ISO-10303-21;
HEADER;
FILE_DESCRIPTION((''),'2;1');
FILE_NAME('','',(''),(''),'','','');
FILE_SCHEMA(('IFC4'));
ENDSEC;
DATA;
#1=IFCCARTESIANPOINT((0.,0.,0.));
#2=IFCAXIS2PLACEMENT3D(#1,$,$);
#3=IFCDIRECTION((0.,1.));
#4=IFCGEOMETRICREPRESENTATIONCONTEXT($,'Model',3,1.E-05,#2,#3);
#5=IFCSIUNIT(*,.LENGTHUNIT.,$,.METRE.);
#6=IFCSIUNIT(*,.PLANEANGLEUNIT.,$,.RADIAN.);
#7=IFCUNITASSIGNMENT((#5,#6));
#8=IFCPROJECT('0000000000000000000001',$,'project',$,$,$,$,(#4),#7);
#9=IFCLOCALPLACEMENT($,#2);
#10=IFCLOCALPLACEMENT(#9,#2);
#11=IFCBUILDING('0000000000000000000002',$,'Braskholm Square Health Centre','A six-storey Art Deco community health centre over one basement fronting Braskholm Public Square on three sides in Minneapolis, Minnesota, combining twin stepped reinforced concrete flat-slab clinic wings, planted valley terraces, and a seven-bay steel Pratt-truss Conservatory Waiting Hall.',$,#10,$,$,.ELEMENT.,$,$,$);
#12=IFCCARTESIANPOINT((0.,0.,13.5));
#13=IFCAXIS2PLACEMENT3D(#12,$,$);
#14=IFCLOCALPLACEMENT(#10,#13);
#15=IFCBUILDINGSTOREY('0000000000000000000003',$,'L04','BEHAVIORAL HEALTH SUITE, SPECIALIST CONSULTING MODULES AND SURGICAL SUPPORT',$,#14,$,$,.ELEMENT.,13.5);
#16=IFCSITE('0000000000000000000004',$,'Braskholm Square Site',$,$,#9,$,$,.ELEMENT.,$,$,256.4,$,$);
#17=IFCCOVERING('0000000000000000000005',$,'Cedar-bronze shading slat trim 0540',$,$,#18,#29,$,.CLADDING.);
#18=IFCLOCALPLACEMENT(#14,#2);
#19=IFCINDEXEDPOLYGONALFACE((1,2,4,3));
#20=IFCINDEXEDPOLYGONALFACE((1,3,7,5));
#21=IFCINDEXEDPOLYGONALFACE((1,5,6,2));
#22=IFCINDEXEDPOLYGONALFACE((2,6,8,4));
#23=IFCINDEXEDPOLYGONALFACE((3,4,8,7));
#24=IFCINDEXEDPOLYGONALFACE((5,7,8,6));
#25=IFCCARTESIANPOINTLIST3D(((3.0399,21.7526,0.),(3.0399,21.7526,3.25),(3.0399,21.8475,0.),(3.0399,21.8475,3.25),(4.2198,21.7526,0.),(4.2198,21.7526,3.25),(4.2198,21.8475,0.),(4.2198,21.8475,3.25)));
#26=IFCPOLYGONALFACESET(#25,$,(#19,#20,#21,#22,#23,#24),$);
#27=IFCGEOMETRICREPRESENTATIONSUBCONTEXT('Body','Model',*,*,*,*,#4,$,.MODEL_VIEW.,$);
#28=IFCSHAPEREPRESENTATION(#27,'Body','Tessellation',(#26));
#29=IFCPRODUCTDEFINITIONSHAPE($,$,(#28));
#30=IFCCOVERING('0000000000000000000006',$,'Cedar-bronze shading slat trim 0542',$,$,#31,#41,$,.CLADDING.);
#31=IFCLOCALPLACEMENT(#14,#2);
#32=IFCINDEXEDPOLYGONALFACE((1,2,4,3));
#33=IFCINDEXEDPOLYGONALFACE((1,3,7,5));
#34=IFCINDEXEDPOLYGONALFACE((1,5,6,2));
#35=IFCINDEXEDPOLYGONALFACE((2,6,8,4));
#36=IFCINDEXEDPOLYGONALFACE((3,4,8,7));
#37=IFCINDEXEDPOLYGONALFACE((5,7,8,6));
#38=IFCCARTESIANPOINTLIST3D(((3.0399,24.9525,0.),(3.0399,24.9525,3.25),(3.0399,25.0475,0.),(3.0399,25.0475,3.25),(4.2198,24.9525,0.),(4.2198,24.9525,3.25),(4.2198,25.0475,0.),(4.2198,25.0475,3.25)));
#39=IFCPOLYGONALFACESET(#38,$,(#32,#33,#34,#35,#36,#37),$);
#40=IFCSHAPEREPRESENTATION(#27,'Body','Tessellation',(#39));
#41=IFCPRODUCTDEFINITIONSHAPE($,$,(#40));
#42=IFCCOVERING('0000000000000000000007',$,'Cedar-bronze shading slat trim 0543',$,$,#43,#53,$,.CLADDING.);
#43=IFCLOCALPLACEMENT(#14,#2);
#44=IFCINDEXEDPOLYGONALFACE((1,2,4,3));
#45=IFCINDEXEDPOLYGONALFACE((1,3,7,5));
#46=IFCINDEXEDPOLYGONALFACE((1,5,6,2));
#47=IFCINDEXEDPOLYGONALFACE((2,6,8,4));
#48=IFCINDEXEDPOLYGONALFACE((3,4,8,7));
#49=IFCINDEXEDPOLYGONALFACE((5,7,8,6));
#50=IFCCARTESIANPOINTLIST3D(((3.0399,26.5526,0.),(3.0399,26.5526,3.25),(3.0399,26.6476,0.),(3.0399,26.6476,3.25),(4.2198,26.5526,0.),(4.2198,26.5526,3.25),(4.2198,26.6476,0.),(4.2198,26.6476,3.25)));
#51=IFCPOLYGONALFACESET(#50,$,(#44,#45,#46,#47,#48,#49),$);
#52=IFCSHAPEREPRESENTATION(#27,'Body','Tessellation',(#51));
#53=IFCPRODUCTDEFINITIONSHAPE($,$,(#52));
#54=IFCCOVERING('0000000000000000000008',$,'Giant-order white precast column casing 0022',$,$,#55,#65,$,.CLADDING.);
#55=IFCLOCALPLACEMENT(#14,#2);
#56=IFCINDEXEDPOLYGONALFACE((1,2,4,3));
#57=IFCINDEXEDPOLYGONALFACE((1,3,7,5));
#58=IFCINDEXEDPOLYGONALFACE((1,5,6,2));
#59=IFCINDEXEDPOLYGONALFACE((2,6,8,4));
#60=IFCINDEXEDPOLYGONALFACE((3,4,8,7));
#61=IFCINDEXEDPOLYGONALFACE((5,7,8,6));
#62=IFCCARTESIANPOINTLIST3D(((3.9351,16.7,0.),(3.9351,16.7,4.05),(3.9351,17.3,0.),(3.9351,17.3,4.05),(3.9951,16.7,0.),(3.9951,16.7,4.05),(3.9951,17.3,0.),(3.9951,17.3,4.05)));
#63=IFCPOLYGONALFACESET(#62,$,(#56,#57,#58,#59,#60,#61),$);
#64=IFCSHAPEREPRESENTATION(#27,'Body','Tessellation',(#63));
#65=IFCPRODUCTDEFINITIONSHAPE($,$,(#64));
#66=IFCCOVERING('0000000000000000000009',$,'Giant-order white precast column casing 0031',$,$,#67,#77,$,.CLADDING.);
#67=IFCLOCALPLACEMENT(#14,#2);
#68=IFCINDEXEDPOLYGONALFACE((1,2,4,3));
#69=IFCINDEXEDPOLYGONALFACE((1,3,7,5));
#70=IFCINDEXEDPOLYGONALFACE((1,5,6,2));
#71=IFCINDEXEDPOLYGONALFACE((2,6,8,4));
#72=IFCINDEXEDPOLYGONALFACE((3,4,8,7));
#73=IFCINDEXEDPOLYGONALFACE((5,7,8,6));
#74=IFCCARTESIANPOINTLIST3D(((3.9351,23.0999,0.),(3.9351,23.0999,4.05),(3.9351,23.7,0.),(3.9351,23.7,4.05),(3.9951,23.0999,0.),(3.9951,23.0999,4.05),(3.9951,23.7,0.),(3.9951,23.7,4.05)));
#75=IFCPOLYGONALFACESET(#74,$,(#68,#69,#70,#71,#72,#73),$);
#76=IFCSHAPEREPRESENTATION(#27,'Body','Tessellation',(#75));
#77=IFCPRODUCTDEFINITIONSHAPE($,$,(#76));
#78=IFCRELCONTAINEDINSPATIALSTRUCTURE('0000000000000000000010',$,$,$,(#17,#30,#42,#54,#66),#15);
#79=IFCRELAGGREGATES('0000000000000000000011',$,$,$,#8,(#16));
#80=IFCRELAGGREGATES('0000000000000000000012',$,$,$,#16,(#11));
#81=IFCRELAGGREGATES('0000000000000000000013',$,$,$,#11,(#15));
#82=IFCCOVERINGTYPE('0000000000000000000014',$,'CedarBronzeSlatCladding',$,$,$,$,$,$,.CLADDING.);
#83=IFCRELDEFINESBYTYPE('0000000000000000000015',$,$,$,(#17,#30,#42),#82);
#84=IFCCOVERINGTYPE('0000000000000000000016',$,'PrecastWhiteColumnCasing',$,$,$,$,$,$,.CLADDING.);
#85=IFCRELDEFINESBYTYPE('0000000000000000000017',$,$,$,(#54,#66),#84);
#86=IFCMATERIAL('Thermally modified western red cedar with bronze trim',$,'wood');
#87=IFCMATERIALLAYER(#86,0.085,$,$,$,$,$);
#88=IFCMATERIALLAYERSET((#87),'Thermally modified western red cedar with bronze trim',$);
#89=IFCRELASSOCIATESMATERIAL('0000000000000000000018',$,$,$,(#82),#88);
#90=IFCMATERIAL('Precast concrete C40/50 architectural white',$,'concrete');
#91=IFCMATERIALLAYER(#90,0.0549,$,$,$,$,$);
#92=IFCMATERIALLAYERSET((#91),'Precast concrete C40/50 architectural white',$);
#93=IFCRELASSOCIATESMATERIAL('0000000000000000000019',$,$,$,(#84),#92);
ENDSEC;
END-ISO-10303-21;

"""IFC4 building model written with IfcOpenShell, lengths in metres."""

from ifc_helpers import new_model, si_unit, direction, frame, origin, origin_2d, place, context, subcontext, project, spatial, rectangle, extrude, material, layer, layer_set, type_object, element, save


model = new_model("IFC4")

# Units and contexts
model_context = context("Model", 3, precision=1e-05, world=origin(), true_north=direction((0.0, 1.0)))
body_context = subcontext(model_context, "Body", "Model", "MODEL_VIEW")
ifc_project = project(units=[si_unit("LENGTHUNIT", "METRE"), si_unit("PLANEANGLEUNIT", "RADIAN")], contexts=[model_context])

# Site, building, storey
site_placement = place(None, origin())
site = spatial("IfcSite", under=ifc_project, at=site_placement, Name="Braskholm Square Site", CompositionType="ELEMENT", RefElevation=256.4)
building_placement = place(site_placement, origin())
building = spatial("IfcBuilding", under=site, at=building_placement, Name="Braskholm Square Health Centre", Description="A six-storey Art Deco community health centre over one basement fronting Braskholm Public Square on three sides in Minneapolis, Minnesota, combining twin stepped reinforced concrete flat-slab clinic wings, planted valley terraces, and a seven-bay steel Pratt-truss Conservatory Waiting Hall.", CompositionType="ELEMENT")
storey_placement = place(building_placement, frame((0.0, 0.0, 13.5)))
storey = spatial("IfcBuildingStorey", under=building, at=storey_placement, Name="L04", Description="BEHAVIORAL HEALTH SUITE, SPECIALIST CONSULTING MODULES AND SURGICAL SUPPORT", CompositionType="ELEMENT", Elevation=13.5)

# Shared definitions
ifc_material_1 = material(Name="Precast concrete C40/50 architectural white", Category="concrete")

# Shared definitions
ifc_material_2 = material(Name="Thermally modified western red cedar with bronze trim", Category="wood")

# Coverings
ifc_layer_1 = layer(ifc_material_2, 0.085)
ifc_layer_set_1 = layer_set([ifc_layer_1], Name="Thermally modified western red cedar with bronze trim")
covering_type_1 = type_object("IfcCoveringType", Name="CedarBronzeSlatCladding", PredefinedType="CLADDING", material=ifc_layer_set_1)
for number, where, z_axis, x_axis, name in (
    (1, (3.6299, 21.8, 0.0), (0.0, 0.0, 1.0), (1.0, 0.0, 0.0), "Cedar-bronze shading slat trim 0540"),
    (2, (3.6299, 25.0, 0.0), (0.0, 0.0, 1.0), (1.0, 0.0, 0.0), "Cedar-bronze shading slat trim 0542"),
    (3, (3.6299, 26.6001, 0.0), (0.0, 0.0, 1.0), (1.0, 0.0, 0.0), "Cedar-bronze shading slat trim 0543"),
):
    element("IfcCovering", number, at=place(storey_placement, frame(where, z_axis=z_axis, x_axis=x_axis)), inside=storey, type_object=covering_type_1, Name=name, PredefinedType="CLADDING", context=body_context, shape_type="SweptSolid", body=[
        extrude(rectangle(XDim=1.1799, YDim=0.095, at=origin_2d()), origin(), (0.0, 0.0, 1.0), 3.25),
    ])
ifc_layer_2 = layer(ifc_material_1, 0.0549)
ifc_layer_set_2 = layer_set([ifc_layer_2], Name="Precast concrete C40/50 architectural white")
covering_type_2 = type_object("IfcCoveringType", Name="PrecastWhiteColumnCasing", PredefinedType="CLADDING", material=ifc_layer_set_2)
for number, where, z_axis, x_axis, name in (
    (4, (3.9651, 17.0, 0.0), (0.0, 0.0, 1.0), (1.0, 0.0, 0.0), "Giant-order white precast column casing 0022"),
    (5, (3.9651, 23.3999, 0.0), (0.0, 0.0, 1.0), (1.0, 0.0, 0.0), "Giant-order white precast column casing 0031"),
):
    element("IfcCovering", number, at=place(storey_placement, frame(where, z_axis=z_axis, x_axis=x_axis)), inside=storey, type_object=covering_type_2, Name=name, PredefinedType="CLADDING", context=body_context, shape_type="SweptSolid", body=[
        extrude(rectangle(XDim=0.0601, YDim=0.6001, at=origin_2d()), origin(), (0.0, 0.0, 1.0), 4.05),
    ])

save(model, "model.ifc")
